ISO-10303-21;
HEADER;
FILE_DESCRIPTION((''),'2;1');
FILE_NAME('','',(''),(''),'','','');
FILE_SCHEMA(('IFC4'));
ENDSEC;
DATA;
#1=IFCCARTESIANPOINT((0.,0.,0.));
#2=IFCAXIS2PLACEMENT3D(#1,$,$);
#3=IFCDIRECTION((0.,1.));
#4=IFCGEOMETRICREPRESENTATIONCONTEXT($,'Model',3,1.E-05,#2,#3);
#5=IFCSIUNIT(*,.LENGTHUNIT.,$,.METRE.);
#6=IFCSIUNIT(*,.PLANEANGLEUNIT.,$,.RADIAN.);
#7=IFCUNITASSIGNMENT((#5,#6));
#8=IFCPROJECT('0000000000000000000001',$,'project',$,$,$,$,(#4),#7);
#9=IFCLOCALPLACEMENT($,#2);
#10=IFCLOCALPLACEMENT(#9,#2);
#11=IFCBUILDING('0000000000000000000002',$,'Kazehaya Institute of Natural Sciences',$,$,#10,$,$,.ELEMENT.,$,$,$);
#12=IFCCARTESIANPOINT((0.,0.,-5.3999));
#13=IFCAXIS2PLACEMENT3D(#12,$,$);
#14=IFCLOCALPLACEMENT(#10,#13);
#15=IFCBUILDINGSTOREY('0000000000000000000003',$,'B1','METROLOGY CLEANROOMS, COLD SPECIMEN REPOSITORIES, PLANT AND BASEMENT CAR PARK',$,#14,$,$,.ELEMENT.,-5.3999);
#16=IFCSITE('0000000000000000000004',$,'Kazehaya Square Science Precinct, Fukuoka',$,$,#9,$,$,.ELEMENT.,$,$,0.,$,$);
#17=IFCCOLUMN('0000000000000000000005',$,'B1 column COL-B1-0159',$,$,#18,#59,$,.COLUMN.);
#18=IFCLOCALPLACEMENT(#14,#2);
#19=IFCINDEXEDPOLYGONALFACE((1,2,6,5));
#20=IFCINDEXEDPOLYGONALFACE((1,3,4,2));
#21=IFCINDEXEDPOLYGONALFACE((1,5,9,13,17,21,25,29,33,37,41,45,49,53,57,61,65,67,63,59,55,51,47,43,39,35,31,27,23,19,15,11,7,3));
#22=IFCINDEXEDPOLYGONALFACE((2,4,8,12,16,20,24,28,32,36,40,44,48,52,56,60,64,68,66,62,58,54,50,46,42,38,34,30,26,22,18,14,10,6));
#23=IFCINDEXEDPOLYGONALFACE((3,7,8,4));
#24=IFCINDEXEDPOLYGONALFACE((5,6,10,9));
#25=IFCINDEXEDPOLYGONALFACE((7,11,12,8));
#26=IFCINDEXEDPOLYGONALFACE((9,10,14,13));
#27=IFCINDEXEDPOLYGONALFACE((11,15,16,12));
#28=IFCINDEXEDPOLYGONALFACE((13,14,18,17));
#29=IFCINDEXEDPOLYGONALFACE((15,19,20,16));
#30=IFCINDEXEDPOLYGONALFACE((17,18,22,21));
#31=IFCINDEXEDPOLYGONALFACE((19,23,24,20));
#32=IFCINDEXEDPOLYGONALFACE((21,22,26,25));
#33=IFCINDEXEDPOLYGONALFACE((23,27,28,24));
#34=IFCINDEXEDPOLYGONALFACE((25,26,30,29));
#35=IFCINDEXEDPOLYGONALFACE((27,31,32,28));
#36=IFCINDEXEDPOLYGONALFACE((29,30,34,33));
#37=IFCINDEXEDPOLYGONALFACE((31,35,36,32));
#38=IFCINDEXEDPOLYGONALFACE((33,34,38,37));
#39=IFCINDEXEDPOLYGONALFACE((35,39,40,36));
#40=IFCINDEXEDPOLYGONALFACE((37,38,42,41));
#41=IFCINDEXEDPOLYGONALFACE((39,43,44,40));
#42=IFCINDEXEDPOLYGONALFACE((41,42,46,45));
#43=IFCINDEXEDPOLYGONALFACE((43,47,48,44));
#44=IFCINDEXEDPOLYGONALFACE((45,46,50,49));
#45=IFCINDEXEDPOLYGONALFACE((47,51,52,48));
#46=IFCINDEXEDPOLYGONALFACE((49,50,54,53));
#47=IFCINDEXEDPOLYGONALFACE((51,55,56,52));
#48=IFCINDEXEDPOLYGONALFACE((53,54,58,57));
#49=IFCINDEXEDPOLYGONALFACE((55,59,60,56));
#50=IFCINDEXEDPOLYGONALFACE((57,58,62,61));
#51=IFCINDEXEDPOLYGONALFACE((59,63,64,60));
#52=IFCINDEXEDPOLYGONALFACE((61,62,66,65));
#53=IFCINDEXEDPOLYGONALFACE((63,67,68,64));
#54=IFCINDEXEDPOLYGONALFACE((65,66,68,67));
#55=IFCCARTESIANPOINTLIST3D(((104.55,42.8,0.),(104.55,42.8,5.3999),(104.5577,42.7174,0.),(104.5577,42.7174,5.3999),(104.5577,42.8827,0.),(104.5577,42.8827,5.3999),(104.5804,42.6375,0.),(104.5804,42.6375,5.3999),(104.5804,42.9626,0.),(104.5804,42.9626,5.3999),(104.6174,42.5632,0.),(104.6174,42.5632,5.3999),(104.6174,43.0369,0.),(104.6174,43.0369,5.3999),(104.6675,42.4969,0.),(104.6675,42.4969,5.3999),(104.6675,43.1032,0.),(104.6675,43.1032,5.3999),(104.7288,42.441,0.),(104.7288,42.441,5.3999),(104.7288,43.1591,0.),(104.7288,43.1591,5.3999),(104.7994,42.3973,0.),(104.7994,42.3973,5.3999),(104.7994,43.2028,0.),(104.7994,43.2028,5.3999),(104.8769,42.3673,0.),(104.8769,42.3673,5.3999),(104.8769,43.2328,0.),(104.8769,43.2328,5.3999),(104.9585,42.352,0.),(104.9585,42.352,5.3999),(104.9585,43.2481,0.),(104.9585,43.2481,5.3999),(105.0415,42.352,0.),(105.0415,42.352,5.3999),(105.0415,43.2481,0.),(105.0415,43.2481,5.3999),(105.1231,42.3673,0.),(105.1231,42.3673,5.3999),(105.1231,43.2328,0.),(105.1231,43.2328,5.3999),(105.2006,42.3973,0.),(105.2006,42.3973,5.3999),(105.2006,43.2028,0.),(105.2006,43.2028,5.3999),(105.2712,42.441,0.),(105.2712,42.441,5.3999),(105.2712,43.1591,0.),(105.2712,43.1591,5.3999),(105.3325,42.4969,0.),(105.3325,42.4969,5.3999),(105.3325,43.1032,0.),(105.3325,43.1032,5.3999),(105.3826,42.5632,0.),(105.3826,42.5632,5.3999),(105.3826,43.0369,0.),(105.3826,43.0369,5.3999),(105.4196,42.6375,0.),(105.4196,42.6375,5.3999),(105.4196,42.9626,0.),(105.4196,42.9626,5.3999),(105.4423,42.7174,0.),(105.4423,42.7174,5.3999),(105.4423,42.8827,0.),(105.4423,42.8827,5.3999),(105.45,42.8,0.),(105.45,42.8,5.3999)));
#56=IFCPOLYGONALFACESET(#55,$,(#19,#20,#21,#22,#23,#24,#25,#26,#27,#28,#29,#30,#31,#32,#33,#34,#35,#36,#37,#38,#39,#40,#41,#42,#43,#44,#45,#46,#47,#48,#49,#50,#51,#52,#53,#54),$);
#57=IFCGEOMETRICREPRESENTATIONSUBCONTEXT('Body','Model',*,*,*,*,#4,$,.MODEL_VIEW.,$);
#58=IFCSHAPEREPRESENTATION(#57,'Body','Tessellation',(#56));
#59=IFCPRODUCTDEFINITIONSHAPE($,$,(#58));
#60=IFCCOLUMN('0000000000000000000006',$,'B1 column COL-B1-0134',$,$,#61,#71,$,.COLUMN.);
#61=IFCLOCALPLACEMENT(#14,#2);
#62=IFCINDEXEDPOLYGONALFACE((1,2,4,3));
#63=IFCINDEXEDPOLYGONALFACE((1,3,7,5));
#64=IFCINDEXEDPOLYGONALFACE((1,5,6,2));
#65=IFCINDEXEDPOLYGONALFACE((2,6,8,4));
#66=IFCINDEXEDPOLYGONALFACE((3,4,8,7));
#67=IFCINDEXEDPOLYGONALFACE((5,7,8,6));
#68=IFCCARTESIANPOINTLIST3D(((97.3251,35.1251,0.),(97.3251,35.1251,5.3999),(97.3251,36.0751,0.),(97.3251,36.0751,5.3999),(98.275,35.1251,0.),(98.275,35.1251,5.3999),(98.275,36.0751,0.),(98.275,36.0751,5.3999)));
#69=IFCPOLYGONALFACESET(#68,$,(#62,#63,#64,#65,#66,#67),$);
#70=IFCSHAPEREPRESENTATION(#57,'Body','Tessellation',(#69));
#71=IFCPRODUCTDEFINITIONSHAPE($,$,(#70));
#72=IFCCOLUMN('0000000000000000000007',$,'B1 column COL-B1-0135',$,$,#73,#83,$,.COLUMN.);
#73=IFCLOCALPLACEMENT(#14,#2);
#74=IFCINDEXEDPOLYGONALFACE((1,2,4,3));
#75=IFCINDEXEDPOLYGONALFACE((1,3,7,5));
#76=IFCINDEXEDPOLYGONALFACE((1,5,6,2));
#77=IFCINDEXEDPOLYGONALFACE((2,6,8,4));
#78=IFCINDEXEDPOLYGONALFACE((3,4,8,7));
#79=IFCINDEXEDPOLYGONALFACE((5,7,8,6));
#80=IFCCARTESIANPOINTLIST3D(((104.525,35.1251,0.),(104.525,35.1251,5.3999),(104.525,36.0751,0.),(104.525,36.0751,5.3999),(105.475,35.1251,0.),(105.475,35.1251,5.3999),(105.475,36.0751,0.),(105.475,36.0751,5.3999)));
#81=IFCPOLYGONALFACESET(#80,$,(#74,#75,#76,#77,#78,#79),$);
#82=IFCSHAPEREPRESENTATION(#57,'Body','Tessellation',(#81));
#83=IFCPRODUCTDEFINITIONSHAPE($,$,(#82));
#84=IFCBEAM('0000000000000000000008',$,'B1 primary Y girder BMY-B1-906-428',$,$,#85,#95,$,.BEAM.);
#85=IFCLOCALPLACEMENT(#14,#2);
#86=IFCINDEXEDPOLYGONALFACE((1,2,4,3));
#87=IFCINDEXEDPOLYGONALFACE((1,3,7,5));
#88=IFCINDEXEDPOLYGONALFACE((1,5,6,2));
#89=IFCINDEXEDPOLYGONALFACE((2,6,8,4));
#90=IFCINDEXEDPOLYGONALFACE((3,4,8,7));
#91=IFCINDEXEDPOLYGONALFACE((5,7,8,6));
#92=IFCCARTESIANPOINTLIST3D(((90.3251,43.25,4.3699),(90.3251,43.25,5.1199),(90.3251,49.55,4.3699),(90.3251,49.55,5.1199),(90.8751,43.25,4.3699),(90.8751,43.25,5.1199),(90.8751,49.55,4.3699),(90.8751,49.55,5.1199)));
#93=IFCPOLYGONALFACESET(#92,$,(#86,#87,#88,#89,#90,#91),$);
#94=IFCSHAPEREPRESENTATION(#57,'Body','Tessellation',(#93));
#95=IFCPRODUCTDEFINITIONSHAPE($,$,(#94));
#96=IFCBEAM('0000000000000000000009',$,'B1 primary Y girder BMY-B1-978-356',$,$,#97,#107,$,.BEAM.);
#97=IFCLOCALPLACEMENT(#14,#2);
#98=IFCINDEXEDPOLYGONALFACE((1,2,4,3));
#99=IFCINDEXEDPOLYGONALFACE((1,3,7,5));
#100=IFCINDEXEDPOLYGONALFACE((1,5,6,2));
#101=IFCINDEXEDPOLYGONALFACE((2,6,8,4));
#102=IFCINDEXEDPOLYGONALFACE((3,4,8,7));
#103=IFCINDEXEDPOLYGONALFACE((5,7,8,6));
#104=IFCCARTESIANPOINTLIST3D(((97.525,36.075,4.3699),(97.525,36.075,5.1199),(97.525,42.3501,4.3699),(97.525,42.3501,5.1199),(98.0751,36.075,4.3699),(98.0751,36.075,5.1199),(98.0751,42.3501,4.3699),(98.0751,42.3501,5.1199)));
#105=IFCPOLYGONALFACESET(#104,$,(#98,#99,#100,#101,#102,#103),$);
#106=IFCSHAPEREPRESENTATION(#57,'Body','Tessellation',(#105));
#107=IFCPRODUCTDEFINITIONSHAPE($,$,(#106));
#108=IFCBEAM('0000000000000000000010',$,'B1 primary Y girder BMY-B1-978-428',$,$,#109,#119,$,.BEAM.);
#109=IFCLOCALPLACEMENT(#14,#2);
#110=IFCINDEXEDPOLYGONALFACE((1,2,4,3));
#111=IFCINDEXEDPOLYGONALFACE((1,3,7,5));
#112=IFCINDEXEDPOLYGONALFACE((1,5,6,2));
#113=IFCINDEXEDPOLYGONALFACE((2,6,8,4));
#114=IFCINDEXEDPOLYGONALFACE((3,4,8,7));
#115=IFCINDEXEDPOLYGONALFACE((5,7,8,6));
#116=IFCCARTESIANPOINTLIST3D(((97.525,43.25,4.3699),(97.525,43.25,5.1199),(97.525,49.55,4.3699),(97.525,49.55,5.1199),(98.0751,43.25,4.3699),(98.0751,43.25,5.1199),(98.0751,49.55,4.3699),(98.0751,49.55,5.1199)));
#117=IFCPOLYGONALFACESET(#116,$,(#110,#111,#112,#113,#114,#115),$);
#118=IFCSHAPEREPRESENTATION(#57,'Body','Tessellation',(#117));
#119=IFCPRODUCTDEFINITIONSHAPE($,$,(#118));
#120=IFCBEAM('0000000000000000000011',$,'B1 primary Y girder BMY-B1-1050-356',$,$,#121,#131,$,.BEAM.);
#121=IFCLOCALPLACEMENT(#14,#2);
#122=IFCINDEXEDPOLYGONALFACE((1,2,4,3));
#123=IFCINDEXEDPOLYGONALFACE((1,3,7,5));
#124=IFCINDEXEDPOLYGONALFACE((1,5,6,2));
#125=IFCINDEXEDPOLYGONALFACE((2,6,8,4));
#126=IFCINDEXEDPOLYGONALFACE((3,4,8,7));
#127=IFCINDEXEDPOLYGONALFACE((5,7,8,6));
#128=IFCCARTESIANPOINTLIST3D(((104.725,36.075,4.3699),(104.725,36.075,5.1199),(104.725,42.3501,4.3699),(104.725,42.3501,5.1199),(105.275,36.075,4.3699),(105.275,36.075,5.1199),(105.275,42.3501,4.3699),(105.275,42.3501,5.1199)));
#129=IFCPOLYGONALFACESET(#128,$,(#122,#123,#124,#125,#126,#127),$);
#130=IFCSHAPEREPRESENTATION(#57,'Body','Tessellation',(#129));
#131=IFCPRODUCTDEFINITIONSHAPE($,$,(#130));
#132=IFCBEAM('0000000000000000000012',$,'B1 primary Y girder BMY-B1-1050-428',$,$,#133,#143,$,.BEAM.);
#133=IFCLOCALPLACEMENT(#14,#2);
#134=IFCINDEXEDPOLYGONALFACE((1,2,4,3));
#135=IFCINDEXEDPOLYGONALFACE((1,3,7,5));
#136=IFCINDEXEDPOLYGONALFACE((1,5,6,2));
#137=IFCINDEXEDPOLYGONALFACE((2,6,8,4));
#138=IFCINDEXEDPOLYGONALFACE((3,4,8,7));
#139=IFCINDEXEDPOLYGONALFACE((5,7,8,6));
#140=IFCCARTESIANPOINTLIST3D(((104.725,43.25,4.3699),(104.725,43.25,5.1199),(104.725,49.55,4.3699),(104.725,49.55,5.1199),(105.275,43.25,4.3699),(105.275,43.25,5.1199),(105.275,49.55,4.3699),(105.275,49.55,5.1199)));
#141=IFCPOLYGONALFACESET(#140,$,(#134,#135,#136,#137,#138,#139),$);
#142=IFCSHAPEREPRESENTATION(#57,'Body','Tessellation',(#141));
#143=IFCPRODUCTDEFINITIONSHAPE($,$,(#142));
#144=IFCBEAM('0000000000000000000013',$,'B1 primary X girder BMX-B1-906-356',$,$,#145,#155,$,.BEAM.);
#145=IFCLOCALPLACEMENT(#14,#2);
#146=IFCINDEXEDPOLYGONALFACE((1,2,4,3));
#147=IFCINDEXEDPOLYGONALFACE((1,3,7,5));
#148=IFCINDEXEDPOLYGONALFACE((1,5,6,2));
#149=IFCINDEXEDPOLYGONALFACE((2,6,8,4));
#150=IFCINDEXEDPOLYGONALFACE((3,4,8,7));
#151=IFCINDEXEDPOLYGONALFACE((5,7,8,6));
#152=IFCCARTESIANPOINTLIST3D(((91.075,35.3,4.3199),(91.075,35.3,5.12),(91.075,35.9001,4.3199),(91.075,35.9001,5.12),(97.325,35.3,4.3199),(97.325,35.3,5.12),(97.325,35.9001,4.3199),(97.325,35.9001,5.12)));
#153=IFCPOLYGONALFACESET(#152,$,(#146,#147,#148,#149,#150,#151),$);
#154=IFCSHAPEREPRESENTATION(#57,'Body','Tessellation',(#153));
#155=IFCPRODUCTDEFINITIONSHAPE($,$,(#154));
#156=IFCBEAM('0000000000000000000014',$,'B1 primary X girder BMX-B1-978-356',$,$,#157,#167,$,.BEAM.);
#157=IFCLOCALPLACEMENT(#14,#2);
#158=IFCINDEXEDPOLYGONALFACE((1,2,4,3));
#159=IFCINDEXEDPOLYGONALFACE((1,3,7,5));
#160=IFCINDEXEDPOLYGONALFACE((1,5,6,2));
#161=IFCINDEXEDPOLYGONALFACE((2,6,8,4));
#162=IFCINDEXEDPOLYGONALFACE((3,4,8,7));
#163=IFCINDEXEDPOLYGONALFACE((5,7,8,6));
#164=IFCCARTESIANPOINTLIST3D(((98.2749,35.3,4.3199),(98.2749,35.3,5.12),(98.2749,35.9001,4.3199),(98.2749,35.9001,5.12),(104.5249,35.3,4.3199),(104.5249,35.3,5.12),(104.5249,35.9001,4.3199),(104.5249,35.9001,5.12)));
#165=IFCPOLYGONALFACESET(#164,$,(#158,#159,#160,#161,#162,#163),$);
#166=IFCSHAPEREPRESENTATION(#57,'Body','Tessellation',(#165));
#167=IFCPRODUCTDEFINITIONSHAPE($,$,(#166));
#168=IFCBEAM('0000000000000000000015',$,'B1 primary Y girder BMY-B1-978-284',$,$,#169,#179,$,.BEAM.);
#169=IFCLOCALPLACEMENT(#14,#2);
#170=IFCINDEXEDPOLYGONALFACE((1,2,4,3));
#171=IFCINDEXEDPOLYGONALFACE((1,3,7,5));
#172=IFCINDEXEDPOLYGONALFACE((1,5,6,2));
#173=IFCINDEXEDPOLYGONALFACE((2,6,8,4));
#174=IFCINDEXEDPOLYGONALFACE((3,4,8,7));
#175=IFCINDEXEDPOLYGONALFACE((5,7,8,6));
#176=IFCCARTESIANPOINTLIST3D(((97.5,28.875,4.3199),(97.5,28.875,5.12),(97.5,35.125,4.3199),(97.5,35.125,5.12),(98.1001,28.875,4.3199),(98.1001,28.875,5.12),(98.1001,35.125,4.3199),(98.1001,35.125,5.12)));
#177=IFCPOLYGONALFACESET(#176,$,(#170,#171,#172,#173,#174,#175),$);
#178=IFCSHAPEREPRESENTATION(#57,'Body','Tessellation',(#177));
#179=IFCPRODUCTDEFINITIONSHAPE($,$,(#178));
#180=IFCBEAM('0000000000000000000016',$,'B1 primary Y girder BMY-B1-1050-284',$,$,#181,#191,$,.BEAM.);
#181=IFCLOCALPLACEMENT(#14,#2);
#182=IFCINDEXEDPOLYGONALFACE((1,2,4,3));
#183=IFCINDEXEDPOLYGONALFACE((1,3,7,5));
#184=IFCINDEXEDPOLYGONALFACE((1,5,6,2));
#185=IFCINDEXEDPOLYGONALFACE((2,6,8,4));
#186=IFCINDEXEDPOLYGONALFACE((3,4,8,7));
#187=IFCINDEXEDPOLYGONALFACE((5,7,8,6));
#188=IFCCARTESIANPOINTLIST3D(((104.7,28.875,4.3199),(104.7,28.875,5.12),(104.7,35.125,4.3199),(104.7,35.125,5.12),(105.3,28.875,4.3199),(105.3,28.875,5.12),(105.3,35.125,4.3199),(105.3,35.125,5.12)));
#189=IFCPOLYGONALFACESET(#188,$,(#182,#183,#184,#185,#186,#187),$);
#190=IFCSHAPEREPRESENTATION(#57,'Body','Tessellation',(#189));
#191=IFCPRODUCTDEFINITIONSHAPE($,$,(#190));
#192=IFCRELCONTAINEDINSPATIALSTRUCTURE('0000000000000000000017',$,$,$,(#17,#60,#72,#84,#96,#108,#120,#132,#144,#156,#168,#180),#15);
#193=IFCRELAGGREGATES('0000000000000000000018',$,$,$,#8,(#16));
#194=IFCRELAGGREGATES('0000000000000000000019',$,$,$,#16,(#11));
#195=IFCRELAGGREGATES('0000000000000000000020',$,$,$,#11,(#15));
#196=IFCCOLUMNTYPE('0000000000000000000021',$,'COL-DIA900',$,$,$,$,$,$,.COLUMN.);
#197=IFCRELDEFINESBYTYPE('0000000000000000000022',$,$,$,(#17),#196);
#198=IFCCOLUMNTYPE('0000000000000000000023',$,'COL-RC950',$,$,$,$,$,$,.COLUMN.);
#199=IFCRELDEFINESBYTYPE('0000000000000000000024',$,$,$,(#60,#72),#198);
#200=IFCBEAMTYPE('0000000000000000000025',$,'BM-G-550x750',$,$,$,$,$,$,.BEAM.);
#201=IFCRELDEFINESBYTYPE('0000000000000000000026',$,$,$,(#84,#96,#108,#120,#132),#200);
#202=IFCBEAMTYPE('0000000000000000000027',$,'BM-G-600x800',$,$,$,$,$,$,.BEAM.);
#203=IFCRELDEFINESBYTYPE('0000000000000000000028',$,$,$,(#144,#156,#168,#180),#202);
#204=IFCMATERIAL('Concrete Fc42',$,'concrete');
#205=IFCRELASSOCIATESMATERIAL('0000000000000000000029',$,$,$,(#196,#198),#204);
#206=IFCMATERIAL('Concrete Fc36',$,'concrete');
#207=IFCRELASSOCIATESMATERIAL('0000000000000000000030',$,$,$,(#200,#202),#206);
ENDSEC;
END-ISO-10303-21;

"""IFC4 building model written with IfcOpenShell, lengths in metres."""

from ifc_helpers import new_model, si_unit, direction, frame, origin, origin_2d, place, context, subcontext, project, spatial, rectangle, circle, extrude, material, material_profile, profile_set, type_object, element, save


model = new_model("IFC4")

# Units and contexts
model_context = context("Model", 3, precision=1e-05, world=origin(), true_north=direction((0.0, 1.0)))
body_context = subcontext(model_context, "Body", "Model", "MODEL_VIEW")
ifc_project = project(units=[si_unit("LENGTHUNIT", "METRE"), si_unit("PLANEANGLEUNIT", "RADIAN")], contexts=[model_context])

# Site, building, storey
site_placement = place(None, origin())
site = spatial("IfcSite", under=ifc_project, at=site_placement, Name="Kazehaya Square Science Precinct, Fukuoka", CompositionType="ELEMENT", RefElevation=0.0)
building_placement = place(site_placement, origin())
building = spatial("IfcBuilding", under=site, at=building_placement, Name="Kazehaya Institute of Natural Sciences", CompositionType="ELEMENT")
storey_placement = place(building_placement, frame((0.0, 0.0, -5.3999)))
storey = spatial("IfcBuildingStorey", under=building, at=storey_placement, Name="B1", Description="METROLOGY CLEANROOMS, COLD SPECIMEN REPOSITORIES, PLANT AND BASEMENT CAR PARK", CompositionType="ELEMENT", Elevation=-5.3999)

# Shared definitions
ifc_material_1 = material(Name="Concrete Fc36", Category="concrete")

# Columns
ifc_material_2 = material(Name="Concrete Fc42", Category="concrete")
ifc_material_profile_1 = material_profile(ifc_material_2, circle(Radius=0.45, at=origin_2d()), Name="RC-DIA900")
ifc_profile_set_1 = profile_set([ifc_material_profile_1], Name="Concrete Fc42")
column_type_1 = type_object("IfcColumnType", Name="COL-DIA900", PredefinedType="COLUMN", material=ifc_profile_set_1)
for number, where, z_axis, x_axis, name in (
    (1, (105.0, 42.8, 0.0), (0.0, 0.0, 1.0), (1.0, 0.0, 0.0), "B1 column COL-B1-0159"),
):
    element("IfcColumn", number, at=place(storey_placement, frame(where, z_axis=z_axis, x_axis=x_axis)), inside=storey, type_object=column_type_1, Name=name, PredefinedType="COLUMN", context=body_context, shape_type="SweptSolid", body=[
        extrude(circle(Radius=0.45, at=origin_2d()), origin(), (0.0, 0.0, 1.0), 5.3999),
    ])
ifc_material_profile_2 = material_profile(ifc_material_2, rectangle(XDim=0.95, YDim=0.95, at=origin_2d()), Name="RC-950x950")
ifc_profile_set_2 = profile_set([ifc_material_profile_2], Name="Concrete Fc42")
column_type_2 = type_object("IfcColumnType", Name="COL-RC950", PredefinedType="COLUMN", material=ifc_profile_set_2)
for number, where, z_axis, x_axis, name in (
    (2, (97.8, 35.6001, 0.0), (0.0, 0.0, 1.0), (1.0, 0.0, 0.0), "B1 column COL-B1-0134"),
    (3, (105.0, 35.6001, 0.0), (0.0, 0.0, 1.0), (1.0, 0.0, 0.0), "B1 column COL-B1-0135"),
):
    element("IfcColumn", number, at=place(storey_placement, frame(where, z_axis=z_axis, x_axis=x_axis)), inside=storey, type_object=column_type_2, Name=name, PredefinedType="COLUMN", context=body_context, shape_type="SweptSolid", body=[
        extrude(rectangle(XDim=0.95, YDim=0.95, at=origin_2d()), origin(), (0.0, 0.0, 1.0), 5.3999),
    ])

# Beams
ifc_material_profile_3 = material_profile(ifc_material_1, rectangle(XDim=0.55, YDim=0.75, at=origin_2d()), Name="RC-550x750")
ifc_profile_set_3 = profile_set([ifc_material_profile_3], Name="Concrete Fc36")
beam_type_1 = type_object("IfcBeamType", Name="BM-G-550x750", PredefinedType="BEAM", material=ifc_profile_set_3)
beam_1_placement = place(storey_placement, frame((90.6001, 43.25, 4.7449), z_axis=(0.0, 1.0, 0.0), x_axis=(-1.0, 0.0, 0.0)))
element("IfcBeam", 4, at=beam_1_placement, inside=storey, type_object=beam_type_1, Name="B1 primary Y girder BMY-B1-906-428", PredefinedType="BEAM", context=body_context, shape_type="SweptSolid", body=[
    extrude(rectangle(XDim=0.55, YDim=0.75, at=origin_2d()), origin(), (0.0, 0.0, 1.0), 6.3),
])
beam_2_placement = place(storey_placement, frame((97.8, 36.075, 4.7449), z_axis=(0.0, 1.0, 0.0), x_axis=(-1.0, 0.0, 0.0)))
element("IfcBeam", 5, at=beam_2_placement, inside=storey, type_object=beam_type_1, Name="B1 primary Y girder BMY-B1-978-356", PredefinedType="BEAM", context=body_context, shape_type="SweptSolid", body=[
    extrude(rectangle(XDim=0.55, YDim=0.75, at=origin_2d()), origin(), (0.0, 0.0, 1.0), 6.2751),
])
beam_3_placement = place(storey_placement, frame((97.8, 43.25, 4.7449), z_axis=(0.0, 1.0, 0.0), x_axis=(-1.0, 0.0, 0.0)))
element("IfcBeam", 6, at=beam_3_placement, inside=storey, type_object=beam_type_1, Name="B1 primary Y girder BMY-B1-978-428", PredefinedType="BEAM", context=body_context, shape_type="SweptSolid", body=[
    extrude(rectangle(XDim=0.55, YDim=0.75, at=origin_2d()), origin(), (0.0, 0.0, 1.0), 6.3),
])
beam_4_placement = place(storey_placement, frame((105.0, 36.075, 4.7449), z_axis=(0.0, 1.0, 0.0), x_axis=(-1.0, 0.0, 0.0)))
element("IfcBeam", 7, at=beam_4_placement, inside=storey, type_object=beam_type_1, Name="B1 primary Y girder BMY-B1-1050-356", PredefinedType="BEAM", context=body_context, shape_type="SweptSolid", body=[
    extrude(rectangle(XDim=0.55, YDim=0.75, at=origin_2d()), origin(), (0.0, 0.0, 1.0), 6.2751),
])
beam_5_placement = place(storey_placement, frame((105.0, 43.25, 4.7449), z_axis=(0.0, 1.0, 0.0), x_axis=(-1.0, 0.0, 0.0)))
element("IfcBeam", 8, at=beam_5_placement, inside=storey, type_object=beam_type_1, Name="B1 primary Y girder BMY-B1-1050-428", PredefinedType="BEAM", context=body_context, shape_type="SweptSolid", body=[
    extrude(rectangle(XDim=0.55, YDim=0.75, at=origin_2d()), origin(), (0.0, 0.0, 1.0), 6.3),
])
ifc_material_profile_4 = material_profile(ifc_material_1, rectangle(XDim=0.6001, YDim=0.8, at=origin_2d()), Name="RC-600x800")
ifc_profile_set_4 = profile_set([ifc_material_profile_4], Name="Concrete Fc36")
beam_type_2 = type_object("IfcBeamType", Name="BM-G-600x800", PredefinedType="BEAM", material=ifc_profile_set_4)
for number, where, z_axis, x_axis, name in (
    (9, (91.075, 35.6001, 4.72), (1.0, 0.0, 0.0), (0.0, 1.0, 0.0), "B1 primary X girder BMX-B1-906-356"),
    (10, (98.2749, 35.6001, 4.72), (1.0, 0.0, 0.0), (0.0, 1.0, 0.0), "B1 primary X girder BMX-B1-978-356"),
    (11, (97.8, 28.875, 4.72), (0.0, 1.0, 0.0), (-1.0, 0.0, 0.0), "B1 primary Y girder BMY-B1-978-284"),
    (12, (105.0, 28.875, 4.72), (0.0, 1.0, 0.0), (-1.0, 0.0, 0.0), "B1 primary Y girder BMY-B1-1050-284"),
):
    element("IfcBeam", number, at=place(storey_placement, frame(where, z_axis=z_axis, x_axis=x_axis)), inside=storey, type_object=beam_type_2, Name=name, PredefinedType="BEAM", context=body_context, shape_type="SweptSolid", body=[
        extrude(rectangle(XDim=0.6001, YDim=0.8, at=origin_2d()), origin(), (0.0, 0.0, 1.0), 6.25),
    ])

save(model, "model.ifc")
